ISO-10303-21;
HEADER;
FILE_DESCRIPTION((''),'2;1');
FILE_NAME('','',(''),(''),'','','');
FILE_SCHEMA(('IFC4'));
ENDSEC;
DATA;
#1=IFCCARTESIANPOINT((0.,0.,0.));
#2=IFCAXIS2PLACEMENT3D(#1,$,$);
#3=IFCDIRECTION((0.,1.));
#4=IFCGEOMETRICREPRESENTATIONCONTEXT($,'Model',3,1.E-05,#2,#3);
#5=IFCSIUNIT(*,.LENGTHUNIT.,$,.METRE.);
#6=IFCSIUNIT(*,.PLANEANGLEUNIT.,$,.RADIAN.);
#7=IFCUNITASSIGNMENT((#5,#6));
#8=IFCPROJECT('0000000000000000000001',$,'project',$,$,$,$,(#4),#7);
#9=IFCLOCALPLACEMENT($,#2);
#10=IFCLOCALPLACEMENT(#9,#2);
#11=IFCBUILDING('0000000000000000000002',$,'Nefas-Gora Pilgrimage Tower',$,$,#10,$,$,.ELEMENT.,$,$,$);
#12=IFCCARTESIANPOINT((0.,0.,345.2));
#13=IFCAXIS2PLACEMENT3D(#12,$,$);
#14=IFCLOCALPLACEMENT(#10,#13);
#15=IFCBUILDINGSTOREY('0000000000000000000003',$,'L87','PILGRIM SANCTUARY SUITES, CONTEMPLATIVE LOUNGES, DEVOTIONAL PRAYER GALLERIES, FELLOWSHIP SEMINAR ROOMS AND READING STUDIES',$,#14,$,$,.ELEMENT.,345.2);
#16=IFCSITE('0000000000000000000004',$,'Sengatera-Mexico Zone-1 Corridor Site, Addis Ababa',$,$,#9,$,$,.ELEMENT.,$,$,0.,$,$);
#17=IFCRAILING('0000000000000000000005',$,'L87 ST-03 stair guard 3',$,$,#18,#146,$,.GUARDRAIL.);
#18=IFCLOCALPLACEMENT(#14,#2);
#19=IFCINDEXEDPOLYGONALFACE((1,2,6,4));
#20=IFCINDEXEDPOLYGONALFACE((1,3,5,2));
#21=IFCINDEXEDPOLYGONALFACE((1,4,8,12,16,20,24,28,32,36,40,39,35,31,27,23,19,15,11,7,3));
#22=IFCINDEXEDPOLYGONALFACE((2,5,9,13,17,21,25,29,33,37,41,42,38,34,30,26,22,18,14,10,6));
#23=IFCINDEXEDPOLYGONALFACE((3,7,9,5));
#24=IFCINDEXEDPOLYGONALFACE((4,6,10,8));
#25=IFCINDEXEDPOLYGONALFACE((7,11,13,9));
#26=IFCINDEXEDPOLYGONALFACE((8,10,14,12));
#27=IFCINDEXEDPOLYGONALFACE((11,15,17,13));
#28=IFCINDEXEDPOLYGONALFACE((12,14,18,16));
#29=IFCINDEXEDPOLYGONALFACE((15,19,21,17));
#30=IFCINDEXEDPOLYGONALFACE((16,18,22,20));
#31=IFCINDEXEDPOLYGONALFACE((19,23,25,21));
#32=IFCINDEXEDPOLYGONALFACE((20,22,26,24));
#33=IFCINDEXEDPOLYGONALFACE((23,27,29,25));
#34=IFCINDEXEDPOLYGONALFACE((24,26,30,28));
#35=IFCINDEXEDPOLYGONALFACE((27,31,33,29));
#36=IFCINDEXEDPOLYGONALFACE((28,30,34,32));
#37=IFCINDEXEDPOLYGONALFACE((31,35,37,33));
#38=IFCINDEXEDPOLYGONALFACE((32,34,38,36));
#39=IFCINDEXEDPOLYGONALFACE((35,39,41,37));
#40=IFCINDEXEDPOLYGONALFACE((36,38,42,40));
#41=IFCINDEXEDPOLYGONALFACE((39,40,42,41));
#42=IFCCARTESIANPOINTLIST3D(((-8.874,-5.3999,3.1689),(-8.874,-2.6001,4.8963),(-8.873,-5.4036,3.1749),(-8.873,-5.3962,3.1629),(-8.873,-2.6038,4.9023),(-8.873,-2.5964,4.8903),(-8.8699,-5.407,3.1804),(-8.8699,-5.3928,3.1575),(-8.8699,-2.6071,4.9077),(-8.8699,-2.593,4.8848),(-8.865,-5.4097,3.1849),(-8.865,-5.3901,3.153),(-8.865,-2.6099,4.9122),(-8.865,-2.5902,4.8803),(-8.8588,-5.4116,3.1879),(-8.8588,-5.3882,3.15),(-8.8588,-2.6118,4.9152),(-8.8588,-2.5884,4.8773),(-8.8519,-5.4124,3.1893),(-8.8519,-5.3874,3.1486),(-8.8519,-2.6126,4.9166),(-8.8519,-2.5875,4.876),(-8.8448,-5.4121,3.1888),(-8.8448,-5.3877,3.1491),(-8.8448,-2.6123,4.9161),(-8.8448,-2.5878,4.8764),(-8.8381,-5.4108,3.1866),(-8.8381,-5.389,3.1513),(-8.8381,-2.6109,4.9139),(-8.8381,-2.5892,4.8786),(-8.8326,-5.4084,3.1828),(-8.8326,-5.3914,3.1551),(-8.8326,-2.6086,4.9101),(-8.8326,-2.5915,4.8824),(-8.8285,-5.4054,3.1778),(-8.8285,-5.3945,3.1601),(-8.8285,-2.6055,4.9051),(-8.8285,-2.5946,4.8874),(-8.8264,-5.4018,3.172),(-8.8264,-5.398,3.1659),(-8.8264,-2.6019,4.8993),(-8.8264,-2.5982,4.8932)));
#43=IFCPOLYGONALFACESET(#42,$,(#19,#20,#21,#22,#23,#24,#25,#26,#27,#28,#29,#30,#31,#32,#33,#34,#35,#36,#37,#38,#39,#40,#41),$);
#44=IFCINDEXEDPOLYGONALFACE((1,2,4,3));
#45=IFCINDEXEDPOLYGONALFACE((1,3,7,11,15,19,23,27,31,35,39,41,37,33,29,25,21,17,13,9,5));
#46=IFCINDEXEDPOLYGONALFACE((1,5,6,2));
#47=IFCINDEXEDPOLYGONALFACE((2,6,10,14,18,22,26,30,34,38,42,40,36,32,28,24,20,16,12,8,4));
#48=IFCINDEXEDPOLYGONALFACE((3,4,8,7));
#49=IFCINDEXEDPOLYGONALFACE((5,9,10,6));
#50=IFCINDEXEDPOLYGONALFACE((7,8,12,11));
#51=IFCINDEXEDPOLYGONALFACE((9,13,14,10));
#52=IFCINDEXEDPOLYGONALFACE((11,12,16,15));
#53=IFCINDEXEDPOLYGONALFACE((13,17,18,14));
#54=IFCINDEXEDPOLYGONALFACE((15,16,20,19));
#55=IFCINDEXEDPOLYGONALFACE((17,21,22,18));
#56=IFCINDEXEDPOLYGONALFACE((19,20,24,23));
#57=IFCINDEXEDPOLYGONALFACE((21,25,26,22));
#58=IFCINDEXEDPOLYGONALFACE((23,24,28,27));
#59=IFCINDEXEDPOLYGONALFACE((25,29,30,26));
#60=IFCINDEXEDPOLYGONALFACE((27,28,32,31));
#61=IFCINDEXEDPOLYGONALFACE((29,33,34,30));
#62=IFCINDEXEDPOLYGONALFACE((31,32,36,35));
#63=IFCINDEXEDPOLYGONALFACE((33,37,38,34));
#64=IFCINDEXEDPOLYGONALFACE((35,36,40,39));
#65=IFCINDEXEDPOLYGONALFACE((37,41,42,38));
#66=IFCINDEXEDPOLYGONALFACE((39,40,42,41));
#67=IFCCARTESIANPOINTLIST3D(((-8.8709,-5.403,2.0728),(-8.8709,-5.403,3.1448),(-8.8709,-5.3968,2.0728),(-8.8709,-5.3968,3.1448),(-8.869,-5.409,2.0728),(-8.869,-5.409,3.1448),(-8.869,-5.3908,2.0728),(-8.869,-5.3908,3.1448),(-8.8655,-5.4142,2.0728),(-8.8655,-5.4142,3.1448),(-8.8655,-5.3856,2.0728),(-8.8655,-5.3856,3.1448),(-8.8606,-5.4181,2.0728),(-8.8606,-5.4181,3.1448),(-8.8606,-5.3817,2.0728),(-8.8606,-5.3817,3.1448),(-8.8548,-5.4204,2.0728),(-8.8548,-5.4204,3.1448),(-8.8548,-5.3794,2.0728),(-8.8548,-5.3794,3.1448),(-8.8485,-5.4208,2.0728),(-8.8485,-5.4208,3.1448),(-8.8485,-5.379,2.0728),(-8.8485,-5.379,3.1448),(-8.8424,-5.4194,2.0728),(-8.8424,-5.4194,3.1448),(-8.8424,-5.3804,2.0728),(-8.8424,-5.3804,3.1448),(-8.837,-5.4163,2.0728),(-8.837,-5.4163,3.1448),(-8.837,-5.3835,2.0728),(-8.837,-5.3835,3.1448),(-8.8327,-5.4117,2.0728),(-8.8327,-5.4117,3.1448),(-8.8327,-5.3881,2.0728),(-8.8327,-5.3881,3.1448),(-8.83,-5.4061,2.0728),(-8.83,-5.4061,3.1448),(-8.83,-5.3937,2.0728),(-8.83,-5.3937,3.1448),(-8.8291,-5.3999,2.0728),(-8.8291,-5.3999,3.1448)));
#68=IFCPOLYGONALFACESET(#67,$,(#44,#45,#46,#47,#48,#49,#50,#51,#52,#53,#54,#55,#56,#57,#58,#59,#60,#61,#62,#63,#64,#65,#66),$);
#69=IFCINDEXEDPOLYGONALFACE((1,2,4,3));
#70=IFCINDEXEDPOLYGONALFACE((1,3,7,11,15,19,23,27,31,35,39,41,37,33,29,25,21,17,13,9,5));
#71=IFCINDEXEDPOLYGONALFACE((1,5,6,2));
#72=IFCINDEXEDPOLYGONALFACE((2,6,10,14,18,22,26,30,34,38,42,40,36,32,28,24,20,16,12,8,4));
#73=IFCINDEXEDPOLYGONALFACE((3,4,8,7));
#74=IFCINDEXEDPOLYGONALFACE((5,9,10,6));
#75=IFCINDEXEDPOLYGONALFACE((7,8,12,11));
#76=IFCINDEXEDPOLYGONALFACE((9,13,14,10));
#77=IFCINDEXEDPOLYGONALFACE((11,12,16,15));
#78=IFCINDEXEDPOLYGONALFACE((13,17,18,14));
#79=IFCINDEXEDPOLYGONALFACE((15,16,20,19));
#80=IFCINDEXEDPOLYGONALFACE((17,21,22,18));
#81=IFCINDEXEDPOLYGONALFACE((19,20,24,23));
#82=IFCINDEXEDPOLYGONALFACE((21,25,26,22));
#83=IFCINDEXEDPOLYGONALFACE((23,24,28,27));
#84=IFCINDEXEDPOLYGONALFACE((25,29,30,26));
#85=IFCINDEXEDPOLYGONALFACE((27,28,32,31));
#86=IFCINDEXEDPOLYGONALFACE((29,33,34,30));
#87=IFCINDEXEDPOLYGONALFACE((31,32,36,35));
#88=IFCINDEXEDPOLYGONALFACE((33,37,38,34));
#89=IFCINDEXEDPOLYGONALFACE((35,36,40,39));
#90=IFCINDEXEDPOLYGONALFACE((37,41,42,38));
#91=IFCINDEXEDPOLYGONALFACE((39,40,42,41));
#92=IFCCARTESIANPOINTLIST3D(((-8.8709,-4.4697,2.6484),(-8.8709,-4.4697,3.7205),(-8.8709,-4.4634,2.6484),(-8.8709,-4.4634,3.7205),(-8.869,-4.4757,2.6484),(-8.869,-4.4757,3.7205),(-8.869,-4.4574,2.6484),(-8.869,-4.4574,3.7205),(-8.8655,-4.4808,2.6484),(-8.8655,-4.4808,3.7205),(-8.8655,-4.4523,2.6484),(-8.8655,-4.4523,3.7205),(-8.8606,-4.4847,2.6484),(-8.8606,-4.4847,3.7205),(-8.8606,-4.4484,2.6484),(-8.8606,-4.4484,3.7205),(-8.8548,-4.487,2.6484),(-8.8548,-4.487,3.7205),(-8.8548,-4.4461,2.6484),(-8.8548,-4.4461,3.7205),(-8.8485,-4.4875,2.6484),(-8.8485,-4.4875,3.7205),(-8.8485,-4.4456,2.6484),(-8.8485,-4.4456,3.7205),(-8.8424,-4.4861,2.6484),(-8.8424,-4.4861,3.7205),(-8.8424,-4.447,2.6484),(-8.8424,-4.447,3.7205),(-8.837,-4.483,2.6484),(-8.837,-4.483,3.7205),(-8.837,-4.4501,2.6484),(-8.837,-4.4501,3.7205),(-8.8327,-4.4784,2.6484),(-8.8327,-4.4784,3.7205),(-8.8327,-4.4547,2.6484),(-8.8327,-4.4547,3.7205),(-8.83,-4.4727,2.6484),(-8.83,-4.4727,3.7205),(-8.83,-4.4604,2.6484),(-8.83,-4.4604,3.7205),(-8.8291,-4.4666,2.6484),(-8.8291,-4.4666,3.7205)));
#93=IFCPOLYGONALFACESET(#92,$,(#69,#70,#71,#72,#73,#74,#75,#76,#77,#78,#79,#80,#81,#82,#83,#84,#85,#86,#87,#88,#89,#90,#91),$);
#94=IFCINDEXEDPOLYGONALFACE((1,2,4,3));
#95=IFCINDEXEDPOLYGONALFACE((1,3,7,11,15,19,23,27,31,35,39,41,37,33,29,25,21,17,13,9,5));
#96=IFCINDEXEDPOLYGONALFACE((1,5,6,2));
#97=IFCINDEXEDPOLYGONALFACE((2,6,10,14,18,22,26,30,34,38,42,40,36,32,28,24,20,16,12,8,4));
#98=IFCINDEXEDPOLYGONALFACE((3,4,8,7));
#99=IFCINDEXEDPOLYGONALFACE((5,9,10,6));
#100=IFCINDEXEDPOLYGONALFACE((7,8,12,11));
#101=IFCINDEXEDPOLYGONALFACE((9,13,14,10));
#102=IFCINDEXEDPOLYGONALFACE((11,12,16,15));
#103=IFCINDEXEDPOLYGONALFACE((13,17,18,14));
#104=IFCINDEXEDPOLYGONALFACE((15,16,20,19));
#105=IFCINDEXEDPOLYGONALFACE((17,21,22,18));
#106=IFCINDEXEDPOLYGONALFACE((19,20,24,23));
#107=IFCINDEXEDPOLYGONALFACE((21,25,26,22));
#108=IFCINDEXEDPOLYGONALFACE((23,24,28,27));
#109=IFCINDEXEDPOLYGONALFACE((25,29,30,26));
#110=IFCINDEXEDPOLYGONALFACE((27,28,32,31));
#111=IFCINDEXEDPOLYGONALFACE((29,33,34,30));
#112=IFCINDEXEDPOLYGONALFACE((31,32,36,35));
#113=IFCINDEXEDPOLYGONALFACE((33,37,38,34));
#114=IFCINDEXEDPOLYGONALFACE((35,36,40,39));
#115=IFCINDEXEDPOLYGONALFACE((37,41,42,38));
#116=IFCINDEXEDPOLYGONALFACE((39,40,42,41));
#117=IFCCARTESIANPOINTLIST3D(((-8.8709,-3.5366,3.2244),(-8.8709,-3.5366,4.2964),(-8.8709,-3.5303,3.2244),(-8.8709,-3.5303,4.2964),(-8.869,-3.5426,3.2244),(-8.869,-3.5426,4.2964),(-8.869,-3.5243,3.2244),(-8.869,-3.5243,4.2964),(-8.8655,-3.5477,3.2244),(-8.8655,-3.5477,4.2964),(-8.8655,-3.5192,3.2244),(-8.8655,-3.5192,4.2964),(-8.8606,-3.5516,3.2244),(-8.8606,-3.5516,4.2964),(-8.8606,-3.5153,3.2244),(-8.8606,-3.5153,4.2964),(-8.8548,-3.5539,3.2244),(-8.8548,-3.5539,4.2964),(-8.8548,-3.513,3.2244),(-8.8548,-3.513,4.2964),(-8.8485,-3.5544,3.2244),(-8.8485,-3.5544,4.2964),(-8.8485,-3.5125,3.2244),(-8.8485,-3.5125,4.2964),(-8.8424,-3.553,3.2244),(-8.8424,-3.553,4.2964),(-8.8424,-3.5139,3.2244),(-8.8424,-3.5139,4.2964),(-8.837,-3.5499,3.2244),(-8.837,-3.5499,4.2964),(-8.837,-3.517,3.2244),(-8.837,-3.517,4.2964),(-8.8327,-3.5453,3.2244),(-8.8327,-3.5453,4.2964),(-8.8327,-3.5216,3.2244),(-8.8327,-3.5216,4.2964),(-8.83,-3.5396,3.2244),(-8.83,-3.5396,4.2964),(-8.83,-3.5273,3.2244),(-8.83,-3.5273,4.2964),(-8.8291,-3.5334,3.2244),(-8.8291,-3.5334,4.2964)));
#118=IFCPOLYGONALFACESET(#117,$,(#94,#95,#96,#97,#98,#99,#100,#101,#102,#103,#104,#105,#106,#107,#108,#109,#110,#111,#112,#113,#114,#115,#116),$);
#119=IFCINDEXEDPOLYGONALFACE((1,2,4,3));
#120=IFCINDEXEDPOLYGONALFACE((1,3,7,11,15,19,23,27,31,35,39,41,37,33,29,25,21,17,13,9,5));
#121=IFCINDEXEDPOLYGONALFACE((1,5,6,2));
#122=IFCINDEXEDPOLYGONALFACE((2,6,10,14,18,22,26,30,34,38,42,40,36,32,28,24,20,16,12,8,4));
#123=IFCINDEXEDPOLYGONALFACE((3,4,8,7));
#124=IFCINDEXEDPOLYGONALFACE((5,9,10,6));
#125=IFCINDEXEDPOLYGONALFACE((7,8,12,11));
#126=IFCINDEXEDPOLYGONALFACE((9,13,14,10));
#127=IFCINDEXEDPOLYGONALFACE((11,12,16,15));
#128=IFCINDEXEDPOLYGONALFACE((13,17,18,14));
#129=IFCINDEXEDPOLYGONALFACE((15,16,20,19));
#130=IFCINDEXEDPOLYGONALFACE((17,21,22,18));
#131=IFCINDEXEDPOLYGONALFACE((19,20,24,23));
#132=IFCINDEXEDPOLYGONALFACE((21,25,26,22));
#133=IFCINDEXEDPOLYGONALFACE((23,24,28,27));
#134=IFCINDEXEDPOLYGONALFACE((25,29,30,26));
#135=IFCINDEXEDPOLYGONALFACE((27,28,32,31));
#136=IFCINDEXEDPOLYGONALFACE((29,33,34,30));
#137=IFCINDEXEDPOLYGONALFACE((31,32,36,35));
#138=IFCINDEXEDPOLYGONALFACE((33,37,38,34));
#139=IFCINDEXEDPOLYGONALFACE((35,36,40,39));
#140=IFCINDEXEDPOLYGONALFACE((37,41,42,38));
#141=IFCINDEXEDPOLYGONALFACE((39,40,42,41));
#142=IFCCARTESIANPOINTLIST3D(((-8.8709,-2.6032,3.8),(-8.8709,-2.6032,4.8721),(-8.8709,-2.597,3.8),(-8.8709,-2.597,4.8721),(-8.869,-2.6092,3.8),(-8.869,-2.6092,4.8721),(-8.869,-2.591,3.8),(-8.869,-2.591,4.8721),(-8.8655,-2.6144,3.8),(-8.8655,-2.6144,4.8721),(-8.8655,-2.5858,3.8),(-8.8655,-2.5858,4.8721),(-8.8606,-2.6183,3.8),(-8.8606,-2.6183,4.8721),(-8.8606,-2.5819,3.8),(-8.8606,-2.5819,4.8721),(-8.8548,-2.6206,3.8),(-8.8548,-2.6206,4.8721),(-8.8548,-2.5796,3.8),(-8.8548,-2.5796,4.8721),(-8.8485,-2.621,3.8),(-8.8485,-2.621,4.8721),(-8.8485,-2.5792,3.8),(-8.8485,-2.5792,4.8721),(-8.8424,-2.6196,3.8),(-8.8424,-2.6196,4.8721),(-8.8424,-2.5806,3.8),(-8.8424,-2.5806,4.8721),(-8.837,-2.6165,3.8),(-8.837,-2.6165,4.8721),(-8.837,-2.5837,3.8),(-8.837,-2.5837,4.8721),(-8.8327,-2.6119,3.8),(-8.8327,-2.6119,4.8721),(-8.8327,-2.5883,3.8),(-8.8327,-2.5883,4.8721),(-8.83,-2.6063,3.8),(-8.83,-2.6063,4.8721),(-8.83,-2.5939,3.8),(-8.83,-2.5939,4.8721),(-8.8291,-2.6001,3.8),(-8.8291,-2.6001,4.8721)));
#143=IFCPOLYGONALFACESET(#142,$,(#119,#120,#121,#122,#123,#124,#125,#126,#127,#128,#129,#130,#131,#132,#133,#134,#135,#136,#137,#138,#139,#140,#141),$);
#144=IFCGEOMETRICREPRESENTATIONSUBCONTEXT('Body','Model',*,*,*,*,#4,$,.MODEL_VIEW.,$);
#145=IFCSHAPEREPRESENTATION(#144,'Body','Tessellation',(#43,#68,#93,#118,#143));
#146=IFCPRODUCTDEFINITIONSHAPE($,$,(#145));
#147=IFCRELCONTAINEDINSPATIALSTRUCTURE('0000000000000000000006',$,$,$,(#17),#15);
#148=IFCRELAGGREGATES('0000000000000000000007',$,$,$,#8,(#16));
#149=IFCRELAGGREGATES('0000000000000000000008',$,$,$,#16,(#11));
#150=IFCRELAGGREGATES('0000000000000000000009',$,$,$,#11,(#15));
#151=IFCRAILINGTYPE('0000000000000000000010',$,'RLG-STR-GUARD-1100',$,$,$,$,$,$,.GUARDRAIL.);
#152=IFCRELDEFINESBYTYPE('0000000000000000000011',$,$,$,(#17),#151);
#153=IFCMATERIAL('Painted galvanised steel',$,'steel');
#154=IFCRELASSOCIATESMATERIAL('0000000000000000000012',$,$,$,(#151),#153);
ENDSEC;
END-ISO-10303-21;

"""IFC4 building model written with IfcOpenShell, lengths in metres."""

from ifc_helpers import new_model, si_unit, direction, frame, origin, origin_2d, place, context, subcontext, project, spatial, circle, extrude, material, type_object, element, save


model = new_model("IFC4")

# Units and contexts
model_context = context("Model", 3, precision=1e-05, world=origin(), true_north=direction((0.0, 1.0)))
body_context = subcontext(model_context, "Body", "Model", "MODEL_VIEW")
ifc_project = project(units=[si_unit("LENGTHUNIT", "METRE"), si_unit("PLANEANGLEUNIT", "RADIAN")], contexts=[model_context])

# Site, building, storey
site_placement = place(None, origin())
site = spatial("IfcSite", under=ifc_project, at=site_placement, Name="Sengatera-Mexico Zone-1 Corridor Site, Addis Ababa", CompositionType="ELEMENT", RefElevation=0.0)
building_placement = place(site_placement, origin())
building = spatial("IfcBuilding", under=site, at=building_placement, Name="Nefas-Gora Pilgrimage Tower", CompositionType="ELEMENT")
storey_placement = place(building_placement, frame((0.0, 0.0, 345.2)))
storey = spatial("IfcBuildingStorey", under=building, at=storey_placement, Name="L87", Description="PILGRIM SANCTUARY SUITES, CONTEMPLATIVE LOUNGES, DEVOTIONAL PRAYER GALLERIES, FELLOWSHIP SEMINAR ROOMS AND READING STUDIES", CompositionType="ELEMENT", Elevation=345.2)

# Railing
ifc_material_1 = material(Name="Painted galvanised steel", Category="steel")
railing_type_1 = type_object("IfcRailingType", Name="RLG-STR-GUARD-1100", PredefinedType="GUARDRAIL", material=ifc_material_1)
railing_1_placement = place(storey_placement, frame((-8.8501, -5.3999, 2.0728)))
element("IfcRailing", 1, at=railing_1_placement, inside=storey, type_object=railing_type_1, Name="L87 ST-03 stair guard 3", PredefinedType="GUARDRAIL", context=body_context, shape_type="SweptSolid", body=[
    extrude(circle(Radius=0.0239, at=origin_2d()), frame((0.0, 0.0, 1.0962), z_axis=(0.0, 0.851069, 0.525054), x_axis=(-1.0, 0.0, 0.0)), (0.0, 0.0, 1.0), 3.2898),
    extrude(circle(Radius=0.021, at=origin_2d()), origin(), (0.0, 0.0, 1.0), 1.072),
    extrude(circle(Radius=0.021, at=origin_2d()), frame((0.0, 0.9333, 0.5757)), (0.0, 0.0, 1.0), 1.072),
    extrude(circle(Radius=0.021, at=origin_2d()), frame((0.0, 1.8665, 1.1516)), (0.0, 0.0, 1.0), 1.072),
    extrude(circle(Radius=0.021, at=origin_2d()), frame((0.0, 2.7998, 1.7273)), (0.0, 0.0, 1.0), 1.072),
])

save(model, "model.ifc")
